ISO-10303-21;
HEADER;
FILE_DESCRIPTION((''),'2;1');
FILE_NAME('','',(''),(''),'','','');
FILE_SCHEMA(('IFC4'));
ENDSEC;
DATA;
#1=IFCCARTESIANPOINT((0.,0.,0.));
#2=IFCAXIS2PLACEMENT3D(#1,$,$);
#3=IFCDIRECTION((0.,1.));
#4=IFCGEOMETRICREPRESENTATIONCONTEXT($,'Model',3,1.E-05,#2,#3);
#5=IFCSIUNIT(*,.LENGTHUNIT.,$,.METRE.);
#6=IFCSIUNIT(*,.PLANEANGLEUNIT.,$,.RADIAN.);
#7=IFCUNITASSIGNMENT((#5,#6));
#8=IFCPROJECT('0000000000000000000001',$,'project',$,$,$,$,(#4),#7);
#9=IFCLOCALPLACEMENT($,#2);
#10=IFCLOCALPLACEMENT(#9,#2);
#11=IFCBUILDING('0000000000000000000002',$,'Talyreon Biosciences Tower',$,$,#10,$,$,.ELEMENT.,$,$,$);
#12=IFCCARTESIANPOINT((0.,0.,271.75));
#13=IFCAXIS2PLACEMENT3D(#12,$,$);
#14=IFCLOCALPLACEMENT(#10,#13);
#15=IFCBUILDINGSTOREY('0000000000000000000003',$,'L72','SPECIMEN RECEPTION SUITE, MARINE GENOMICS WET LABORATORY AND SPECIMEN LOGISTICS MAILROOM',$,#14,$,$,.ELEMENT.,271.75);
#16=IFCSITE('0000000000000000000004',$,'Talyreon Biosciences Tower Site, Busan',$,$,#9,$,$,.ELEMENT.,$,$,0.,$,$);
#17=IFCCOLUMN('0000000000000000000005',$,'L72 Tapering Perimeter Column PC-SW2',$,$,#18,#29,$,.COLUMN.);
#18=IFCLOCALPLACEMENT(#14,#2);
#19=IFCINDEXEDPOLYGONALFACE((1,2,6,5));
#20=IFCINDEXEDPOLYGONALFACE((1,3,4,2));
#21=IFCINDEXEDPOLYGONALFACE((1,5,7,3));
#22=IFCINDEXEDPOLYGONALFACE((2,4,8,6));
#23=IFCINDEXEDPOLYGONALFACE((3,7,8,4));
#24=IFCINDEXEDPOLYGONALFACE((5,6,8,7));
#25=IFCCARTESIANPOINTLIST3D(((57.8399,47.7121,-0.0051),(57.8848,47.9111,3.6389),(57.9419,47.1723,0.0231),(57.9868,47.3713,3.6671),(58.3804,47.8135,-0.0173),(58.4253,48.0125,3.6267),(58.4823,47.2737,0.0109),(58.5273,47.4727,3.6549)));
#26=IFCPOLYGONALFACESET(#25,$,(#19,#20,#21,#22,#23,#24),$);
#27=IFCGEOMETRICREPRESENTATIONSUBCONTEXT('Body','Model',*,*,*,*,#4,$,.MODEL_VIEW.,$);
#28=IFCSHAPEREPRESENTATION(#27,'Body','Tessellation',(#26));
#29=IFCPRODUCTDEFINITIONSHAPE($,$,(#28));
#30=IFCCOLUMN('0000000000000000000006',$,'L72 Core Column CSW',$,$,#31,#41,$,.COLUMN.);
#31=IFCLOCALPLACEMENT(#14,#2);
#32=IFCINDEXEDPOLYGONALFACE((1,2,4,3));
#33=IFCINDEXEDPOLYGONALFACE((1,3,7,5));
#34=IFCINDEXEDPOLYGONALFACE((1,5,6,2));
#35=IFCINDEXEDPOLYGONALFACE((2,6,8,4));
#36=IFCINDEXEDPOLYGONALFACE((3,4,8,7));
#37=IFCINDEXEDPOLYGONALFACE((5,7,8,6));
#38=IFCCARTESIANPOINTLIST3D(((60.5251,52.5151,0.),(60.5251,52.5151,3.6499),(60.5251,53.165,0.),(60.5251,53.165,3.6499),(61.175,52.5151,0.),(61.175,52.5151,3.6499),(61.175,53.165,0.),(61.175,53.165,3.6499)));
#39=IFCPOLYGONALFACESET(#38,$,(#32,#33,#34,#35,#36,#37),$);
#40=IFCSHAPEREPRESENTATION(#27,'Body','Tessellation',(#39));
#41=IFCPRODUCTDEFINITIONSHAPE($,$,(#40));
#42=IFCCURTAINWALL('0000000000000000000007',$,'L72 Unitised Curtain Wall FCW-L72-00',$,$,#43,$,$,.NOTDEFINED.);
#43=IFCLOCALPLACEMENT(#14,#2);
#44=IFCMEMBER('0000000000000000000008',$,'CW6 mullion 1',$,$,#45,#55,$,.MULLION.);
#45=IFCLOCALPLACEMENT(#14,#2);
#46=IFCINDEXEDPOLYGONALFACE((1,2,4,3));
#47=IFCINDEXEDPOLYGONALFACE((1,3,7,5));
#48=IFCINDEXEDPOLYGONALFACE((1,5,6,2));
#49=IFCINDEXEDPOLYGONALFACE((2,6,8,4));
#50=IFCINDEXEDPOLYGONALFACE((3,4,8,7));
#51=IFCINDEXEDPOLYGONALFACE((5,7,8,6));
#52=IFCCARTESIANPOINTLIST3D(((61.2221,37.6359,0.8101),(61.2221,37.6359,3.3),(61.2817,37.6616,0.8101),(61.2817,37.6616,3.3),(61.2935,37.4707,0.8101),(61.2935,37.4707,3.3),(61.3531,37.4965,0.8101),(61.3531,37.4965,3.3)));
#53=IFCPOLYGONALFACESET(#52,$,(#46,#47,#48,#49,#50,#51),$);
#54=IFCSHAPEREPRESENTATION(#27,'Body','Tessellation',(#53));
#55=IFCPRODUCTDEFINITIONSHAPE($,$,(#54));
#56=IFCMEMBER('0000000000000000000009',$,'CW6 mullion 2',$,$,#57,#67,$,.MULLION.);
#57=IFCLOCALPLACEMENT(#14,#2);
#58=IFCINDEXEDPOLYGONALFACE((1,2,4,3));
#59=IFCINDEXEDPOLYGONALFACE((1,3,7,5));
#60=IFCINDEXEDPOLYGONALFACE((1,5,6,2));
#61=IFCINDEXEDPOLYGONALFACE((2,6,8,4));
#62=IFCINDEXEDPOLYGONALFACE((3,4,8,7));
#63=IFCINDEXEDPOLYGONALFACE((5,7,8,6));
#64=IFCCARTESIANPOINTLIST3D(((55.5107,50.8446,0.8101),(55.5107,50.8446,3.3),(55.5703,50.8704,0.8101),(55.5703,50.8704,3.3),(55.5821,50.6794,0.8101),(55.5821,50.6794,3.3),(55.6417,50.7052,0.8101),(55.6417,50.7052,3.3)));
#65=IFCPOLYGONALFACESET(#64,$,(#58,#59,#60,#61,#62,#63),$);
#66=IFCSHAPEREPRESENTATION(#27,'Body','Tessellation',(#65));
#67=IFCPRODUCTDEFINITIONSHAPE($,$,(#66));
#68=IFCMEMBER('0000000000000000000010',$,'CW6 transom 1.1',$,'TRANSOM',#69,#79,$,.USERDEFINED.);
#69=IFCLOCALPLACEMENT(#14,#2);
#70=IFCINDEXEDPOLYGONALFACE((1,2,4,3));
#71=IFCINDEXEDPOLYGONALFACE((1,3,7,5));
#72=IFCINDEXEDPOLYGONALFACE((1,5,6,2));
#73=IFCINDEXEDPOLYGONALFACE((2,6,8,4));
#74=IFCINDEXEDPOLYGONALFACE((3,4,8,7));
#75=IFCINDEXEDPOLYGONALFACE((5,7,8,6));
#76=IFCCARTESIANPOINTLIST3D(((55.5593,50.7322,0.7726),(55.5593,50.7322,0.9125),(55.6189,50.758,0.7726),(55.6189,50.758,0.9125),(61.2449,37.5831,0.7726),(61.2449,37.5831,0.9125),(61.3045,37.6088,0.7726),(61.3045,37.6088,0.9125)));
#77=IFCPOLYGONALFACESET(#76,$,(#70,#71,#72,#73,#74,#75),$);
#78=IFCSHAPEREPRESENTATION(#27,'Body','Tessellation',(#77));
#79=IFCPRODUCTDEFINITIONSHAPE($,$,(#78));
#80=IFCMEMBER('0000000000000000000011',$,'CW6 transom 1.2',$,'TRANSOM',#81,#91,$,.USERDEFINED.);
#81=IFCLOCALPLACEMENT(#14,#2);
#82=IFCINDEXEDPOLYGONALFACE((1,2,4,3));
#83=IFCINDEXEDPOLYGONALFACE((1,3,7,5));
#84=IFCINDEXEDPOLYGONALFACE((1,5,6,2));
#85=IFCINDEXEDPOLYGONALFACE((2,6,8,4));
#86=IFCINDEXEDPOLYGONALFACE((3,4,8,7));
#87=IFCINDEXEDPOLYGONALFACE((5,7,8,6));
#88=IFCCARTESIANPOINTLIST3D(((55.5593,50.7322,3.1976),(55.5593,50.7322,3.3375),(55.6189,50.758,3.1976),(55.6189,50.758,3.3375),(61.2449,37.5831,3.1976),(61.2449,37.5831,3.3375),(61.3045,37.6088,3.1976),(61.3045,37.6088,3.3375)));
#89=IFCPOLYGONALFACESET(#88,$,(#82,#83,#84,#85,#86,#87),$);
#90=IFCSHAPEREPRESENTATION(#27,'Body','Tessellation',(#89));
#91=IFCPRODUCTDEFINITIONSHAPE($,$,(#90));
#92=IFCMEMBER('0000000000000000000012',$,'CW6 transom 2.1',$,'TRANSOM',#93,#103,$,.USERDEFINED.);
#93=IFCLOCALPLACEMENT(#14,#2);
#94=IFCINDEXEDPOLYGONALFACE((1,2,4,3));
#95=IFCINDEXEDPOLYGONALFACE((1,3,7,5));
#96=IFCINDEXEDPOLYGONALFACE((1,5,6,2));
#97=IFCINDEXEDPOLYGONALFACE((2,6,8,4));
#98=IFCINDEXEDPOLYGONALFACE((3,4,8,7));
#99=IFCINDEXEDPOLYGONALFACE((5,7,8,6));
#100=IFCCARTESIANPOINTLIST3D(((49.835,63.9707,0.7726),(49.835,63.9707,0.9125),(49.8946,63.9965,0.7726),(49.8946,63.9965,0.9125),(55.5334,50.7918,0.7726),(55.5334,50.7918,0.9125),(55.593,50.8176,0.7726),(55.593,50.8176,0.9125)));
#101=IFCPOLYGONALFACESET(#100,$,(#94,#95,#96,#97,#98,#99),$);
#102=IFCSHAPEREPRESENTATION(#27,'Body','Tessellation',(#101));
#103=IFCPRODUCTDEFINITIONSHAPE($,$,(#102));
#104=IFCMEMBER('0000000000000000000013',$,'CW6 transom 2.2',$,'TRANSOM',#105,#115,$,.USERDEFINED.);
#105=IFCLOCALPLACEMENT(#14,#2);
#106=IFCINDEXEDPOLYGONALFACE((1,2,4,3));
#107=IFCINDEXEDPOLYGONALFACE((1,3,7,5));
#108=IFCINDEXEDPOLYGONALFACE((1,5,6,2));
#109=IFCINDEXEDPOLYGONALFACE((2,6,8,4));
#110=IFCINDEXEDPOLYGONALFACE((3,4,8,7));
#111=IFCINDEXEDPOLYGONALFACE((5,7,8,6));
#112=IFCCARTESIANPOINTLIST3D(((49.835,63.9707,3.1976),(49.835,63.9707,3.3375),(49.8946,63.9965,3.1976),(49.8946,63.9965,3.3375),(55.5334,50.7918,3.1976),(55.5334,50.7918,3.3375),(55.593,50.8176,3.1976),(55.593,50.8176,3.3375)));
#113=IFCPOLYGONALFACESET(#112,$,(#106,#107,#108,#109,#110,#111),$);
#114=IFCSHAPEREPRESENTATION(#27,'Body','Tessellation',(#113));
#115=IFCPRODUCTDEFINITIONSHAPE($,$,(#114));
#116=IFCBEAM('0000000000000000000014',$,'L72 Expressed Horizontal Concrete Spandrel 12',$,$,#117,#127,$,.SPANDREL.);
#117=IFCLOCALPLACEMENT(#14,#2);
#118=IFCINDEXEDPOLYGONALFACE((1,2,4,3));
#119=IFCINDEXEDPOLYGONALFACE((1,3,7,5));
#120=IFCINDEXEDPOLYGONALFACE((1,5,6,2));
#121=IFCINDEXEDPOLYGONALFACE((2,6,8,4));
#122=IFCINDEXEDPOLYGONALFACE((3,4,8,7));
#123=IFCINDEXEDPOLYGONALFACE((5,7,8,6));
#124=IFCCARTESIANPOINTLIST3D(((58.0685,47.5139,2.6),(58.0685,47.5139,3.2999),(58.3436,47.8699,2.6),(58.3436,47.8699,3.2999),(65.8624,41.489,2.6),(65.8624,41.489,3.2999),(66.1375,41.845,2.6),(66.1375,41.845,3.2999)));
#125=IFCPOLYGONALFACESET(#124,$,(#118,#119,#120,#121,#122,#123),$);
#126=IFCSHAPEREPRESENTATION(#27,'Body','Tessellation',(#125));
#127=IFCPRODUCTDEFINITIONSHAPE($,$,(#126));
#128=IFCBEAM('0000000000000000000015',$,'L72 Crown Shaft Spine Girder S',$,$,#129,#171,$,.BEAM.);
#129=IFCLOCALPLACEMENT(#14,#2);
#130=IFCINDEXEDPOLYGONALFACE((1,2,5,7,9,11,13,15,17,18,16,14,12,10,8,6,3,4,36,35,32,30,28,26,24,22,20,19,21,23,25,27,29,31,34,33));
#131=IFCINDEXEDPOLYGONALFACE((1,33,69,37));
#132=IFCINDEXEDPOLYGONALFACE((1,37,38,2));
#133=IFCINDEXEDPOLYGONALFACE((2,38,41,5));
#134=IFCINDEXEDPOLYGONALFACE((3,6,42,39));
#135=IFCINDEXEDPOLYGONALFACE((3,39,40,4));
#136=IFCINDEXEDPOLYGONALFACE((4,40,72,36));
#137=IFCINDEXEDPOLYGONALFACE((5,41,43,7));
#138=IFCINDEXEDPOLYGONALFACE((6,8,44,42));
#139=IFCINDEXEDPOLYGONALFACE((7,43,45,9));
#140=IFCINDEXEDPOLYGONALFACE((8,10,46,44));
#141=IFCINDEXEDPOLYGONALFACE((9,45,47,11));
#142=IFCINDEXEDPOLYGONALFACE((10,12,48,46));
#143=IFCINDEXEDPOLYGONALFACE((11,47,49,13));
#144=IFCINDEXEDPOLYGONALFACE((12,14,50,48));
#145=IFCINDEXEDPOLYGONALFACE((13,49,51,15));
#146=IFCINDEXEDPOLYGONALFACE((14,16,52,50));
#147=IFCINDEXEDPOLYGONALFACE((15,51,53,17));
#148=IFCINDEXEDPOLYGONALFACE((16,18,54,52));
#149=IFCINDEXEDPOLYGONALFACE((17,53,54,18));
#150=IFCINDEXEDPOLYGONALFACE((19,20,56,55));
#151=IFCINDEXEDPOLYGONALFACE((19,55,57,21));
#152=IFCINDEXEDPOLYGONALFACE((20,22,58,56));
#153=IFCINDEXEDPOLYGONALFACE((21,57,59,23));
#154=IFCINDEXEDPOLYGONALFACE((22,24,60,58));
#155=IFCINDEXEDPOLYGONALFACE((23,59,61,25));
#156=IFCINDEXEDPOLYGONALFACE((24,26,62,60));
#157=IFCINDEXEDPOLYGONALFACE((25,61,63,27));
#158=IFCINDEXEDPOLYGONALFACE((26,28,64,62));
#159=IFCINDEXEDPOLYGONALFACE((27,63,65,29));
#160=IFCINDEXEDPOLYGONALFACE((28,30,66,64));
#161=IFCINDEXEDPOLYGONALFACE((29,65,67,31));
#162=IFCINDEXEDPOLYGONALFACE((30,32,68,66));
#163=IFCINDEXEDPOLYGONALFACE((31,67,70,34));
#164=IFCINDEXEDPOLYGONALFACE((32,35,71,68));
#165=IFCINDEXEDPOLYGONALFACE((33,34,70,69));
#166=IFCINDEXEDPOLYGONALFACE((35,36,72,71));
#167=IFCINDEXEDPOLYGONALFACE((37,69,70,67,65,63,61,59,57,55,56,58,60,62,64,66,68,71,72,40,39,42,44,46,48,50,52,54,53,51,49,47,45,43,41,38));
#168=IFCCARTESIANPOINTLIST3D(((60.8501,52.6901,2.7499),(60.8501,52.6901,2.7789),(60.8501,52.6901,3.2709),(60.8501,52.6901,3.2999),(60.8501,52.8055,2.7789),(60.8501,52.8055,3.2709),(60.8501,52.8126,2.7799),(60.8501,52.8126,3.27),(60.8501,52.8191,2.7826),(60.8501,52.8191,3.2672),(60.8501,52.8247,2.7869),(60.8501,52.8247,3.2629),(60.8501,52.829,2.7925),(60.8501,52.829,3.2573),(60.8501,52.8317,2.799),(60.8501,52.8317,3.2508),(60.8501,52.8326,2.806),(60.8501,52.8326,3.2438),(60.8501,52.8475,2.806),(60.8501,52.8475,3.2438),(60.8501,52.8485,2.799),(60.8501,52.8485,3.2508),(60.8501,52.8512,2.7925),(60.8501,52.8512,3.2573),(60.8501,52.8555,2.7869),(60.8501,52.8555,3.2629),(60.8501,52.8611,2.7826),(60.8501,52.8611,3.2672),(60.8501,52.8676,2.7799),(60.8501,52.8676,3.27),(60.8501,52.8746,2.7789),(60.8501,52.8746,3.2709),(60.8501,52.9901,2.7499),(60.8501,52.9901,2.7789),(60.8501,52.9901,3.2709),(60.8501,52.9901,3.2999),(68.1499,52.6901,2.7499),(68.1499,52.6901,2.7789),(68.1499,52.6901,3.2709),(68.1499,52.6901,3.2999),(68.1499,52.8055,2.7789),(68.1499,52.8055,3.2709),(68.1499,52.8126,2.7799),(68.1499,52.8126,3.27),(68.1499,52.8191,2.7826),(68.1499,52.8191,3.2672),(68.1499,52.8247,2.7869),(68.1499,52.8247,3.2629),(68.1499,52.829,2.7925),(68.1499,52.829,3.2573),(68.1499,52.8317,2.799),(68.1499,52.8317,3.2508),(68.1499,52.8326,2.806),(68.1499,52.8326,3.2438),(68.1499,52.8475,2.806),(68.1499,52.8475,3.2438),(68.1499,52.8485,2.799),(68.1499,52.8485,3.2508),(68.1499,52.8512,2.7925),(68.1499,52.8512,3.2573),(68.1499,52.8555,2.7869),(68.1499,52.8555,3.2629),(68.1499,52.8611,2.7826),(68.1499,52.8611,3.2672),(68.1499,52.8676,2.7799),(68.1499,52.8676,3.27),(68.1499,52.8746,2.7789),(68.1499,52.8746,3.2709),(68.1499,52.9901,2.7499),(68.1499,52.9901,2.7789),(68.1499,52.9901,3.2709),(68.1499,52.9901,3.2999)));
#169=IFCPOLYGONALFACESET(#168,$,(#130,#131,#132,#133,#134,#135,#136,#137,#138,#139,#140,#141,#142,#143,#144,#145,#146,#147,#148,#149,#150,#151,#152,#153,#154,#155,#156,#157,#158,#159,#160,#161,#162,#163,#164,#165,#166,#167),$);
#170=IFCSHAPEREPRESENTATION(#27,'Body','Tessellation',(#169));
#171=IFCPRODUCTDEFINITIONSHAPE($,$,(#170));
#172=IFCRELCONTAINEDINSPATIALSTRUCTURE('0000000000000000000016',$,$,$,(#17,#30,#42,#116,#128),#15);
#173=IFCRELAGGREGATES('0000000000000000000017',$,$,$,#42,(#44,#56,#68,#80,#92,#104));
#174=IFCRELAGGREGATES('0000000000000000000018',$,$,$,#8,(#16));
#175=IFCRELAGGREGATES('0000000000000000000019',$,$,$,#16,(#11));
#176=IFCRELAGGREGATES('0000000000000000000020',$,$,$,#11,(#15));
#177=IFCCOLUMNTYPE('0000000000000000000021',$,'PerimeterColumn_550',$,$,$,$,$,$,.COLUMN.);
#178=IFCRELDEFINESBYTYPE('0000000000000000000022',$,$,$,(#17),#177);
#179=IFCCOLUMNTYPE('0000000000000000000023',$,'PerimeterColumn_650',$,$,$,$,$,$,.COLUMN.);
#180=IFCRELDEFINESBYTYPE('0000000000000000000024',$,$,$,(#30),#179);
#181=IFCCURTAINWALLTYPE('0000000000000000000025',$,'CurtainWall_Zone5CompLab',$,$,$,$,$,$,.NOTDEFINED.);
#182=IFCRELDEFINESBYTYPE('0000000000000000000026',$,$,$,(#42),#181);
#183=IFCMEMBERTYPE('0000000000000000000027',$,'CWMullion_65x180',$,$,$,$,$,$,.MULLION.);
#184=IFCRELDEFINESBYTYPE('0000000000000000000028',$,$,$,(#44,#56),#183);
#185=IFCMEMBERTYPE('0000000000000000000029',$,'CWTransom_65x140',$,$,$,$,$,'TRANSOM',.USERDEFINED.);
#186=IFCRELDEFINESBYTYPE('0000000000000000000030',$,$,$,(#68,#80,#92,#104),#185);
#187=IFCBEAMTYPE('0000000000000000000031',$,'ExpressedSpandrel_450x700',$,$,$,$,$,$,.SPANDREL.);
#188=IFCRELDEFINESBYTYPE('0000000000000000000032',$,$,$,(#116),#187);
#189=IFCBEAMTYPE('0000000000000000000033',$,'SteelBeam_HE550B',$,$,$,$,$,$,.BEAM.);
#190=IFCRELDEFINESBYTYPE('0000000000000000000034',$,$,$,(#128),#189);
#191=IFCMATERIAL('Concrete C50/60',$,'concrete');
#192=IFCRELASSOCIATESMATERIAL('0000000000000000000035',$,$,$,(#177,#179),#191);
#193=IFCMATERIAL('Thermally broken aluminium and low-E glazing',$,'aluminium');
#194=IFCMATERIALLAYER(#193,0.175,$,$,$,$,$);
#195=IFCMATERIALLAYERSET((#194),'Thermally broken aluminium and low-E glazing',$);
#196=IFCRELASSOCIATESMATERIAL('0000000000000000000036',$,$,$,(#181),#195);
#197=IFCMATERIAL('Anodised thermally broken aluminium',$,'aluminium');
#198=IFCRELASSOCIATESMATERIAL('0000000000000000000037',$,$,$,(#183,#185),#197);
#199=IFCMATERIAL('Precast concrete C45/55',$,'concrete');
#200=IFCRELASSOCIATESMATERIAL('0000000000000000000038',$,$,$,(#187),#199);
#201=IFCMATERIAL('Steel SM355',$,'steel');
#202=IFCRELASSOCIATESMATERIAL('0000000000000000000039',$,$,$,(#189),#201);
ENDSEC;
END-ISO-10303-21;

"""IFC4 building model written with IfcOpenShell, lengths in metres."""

from ifc_helpers import new_model, si_unit, direction, frame, origin, origin_2d, place, context, subcontext, project, spatial, rectangle, i_section, extrude, material, layer, layer_set, material_profile, profile_set, type_object, element, aggregate, save


model = new_model("IFC4")

# Units and contexts
model_context = context("Model", 3, precision=1e-05, world=origin(), true_north=direction((0.0, 1.0)))
body_context = subcontext(model_context, "Body", "Model", "MODEL_VIEW")
ifc_project = project(units=[si_unit("LENGTHUNIT", "METRE"), si_unit("PLANEANGLEUNIT", "RADIAN")], contexts=[model_context])

# Site, building, storey
site_placement = place(None, origin())
site = spatial("IfcSite", under=ifc_project, at=site_placement, Name="Talyreon Biosciences Tower Site, Busan", CompositionType="ELEMENT", RefElevation=0.0)
building_placement = place(site_placement, origin())
building = spatial("IfcBuilding", under=site, at=building_placement, Name="Talyreon Biosciences Tower", CompositionType="ELEMENT")
storey_placement = place(building_placement, frame((0.0, 0.0, 271.75)))
storey = spatial("IfcBuildingStorey", under=building, at=storey_placement, Name="L72", Description="SPECIMEN RECEPTION SUITE, MARINE GENOMICS WET LABORATORY AND SPECIMEN LOGISTICS MAILROOM", CompositionType="ELEMENT", Elevation=271.75)

# Columns
ifc_material_1 = material(Name="Concrete C50/60", Category="concrete")
ifc_material_profile_1 = material_profile(ifc_material_1, rectangle(XDim=0.55, YDim=0.55, at=origin_2d()), Name="RC 550x550")
ifc_profile_set_1 = profile_set([ifc_material_profile_1], Name="Concrete C50/60")
column_type_1 = type_object("IfcColumnType", Name="PerimeterColumn_550", PredefinedType="COLUMN", material=ifc_profile_set_1)
column_1_placement = place(storey_placement, frame((58.1611, 47.4929, 0.0029), z_axis=(0.012308, 0.054517, 0.998437), x_axis=(-0.185327, 0.981337, -0.051299)))
element("IfcColumn", 1, at=column_1_placement, inside=storey, type_object=column_type_1, Name="L72 Tapering Perimeter Column PC-SW2", PredefinedType="COLUMN", context=body_context, shape_type="SweptSolid", body=[
    extrude(rectangle(XDim=0.55, YDim=0.55, at=origin_2d()), origin(), (0.0, 0.0, 1.0), 3.6497),
])
ifc_material_profile_2 = material_profile(ifc_material_1, rectangle(XDim=0.6499, YDim=0.6499, at=origin_2d()), Name="RC 650x650")
ifc_profile_set_2 = profile_set([ifc_material_profile_2], Name="Concrete C50/60")
column_type_2 = type_object("IfcColumnType", Name="PerimeterColumn_650", PredefinedType="COLUMN", material=ifc_profile_set_2)
column_2_placement = place(storey_placement, frame((60.8501, 52.8401, 0.0), z_axis=(0.0, 0.0, 1.0), x_axis=(1.0, 0.0, 0.0)))
element("IfcColumn", 2, at=column_2_placement, inside=storey, type_object=column_type_2, Name="L72 Core Column CSW", PredefinedType="COLUMN", context=body_context, shape_type="SweptSolid", body=[
    extrude(rectangle(XDim=0.6499, YDim=0.6499, at=origin_2d()), origin(), (0.0, 0.0, 1.0), 3.6499),
])

# Curtain wall, members
ifc_material_2 = material(Name="Thermally broken aluminium and low-E glazing", Category="aluminium")
ifc_layer_1 = layer(ifc_material_2, 0.175)
ifc_layer_set_1 = layer_set([ifc_layer_1], Name="Thermally broken aluminium and low-E glazing")
curtain_wall_type = type_object("IfcCurtainWallType", Name="CurtainWall_Zone5CompLab", PredefinedType="NOTDEFINED", material=ifc_layer_set_1)
curtain_wall_placement = place(storey_placement, origin())
curtain_wall = element("IfcCurtainWall", 3, at=curtain_wall_placement, inside=storey, type_object=curtain_wall_type, Name="L72 Unitised Curtain Wall FCW-L72-00", PredefinedType="NOTDEFINED")
ifc_material_3 = material(Name="Anodised thermally broken aluminium", Category="aluminium")
ifc_material_profile_3 = material_profile(ifc_material_3, rectangle(XDim=0.0649, YDim=0.1799, at=origin_2d()), Name="ALUM MULLION 65x180")
ifc_profile_set_3 = profile_set([ifc_material_profile_3], Name="Anodised thermally broken aluminium")
member_type_1 = type_object("IfcMemberType", Name="CWMullion_65x180", PredefinedType="MULLION", material=ifc_profile_set_3)
member_1_placement = place(storey_placement, frame((61.2876, 37.5662, 0.8101), z_axis=(0.0, 0.0, 1.0), x_axis=(-0.917868, -0.396887, 0.0)))
member_1 = element("IfcMember", 4, at=member_1_placement, type_object=member_type_1, Name="CW6 mullion 1", PredefinedType="MULLION", context=body_context, shape_type="SweptSolid", body=[
    extrude(rectangle(XDim=0.0649, YDim=0.1799, at=origin_2d()), origin(), (0.0, 0.0, 1.0), 2.49),
])
member_2_placement = place(storey_placement, frame((55.5762, 50.7749, 0.8101), z_axis=(0.0, 0.0, 1.0), x_axis=(-0.917868, -0.396887, 0.0)))
member_2 = element("IfcMember", 5, at=member_2_placement, type_object=member_type_1, Name="CW6 mullion 2", PredefinedType="MULLION", context=body_context, shape_type="SweptSolid", body=[
    extrude(rectangle(XDim=0.0649, YDim=0.1799, at=origin_2d()), origin(), (0.0, 0.0, 1.0), 2.49),
])
ifc_material_profile_4 = material_profile(ifc_material_3, rectangle(XDim=0.0649, YDim=0.1399, at=origin_2d()), Name="ALUM TRANSOM 65x140")
ifc_profile_set_4 = profile_set([ifc_material_profile_4], Name="Anodised thermally broken aluminium")
member_type_2 = type_object("IfcMemberType", Name="CWTransom_65x140", ElementType="TRANSOM", PredefinedType="USERDEFINED", material=ifc_profile_set_4)
member_3_placement = place(storey_placement, frame((61.2747, 37.5959, 0.8425), z_axis=(-0.396877, 0.917872, 0.0), x_axis=(-0.917872, -0.396877, 0.0)))
member_3 = element("IfcMember", 6, at=member_3_placement, type_object=member_type_2, Name="CW6 transom 1.1", ObjectType="TRANSOM", PredefinedType="USERDEFINED", context=body_context, shape_type="SweptSolid", body=[
    extrude(rectangle(XDim=0.0649, YDim=0.1399, at=origin_2d()), origin(), (0.0, 0.0, 1.0), 14.3257),
])
member_4_placement = place(storey_placement, frame((61.2747, 37.5959, 3.2676), z_axis=(-0.396877, 0.917872, 0.0), x_axis=(-0.917872, -0.396877, 0.0)))
member_4 = element("IfcMember", 7, at=member_4_placement, type_object=member_type_2, Name="CW6 transom 1.2", ObjectType="TRANSOM", PredefinedType="USERDEFINED", context=body_context, shape_type="SweptSolid", body=[
    extrude(rectangle(XDim=0.0649, YDim=0.1399, at=origin_2d()), origin(), (0.0, 0.0, 1.0), 14.3257),
])
member_5_placement = place(storey_placement, frame((55.5632, 50.8047, 0.8425), z_axis=(-0.396881, 0.91787, 0.0), x_axis=(-0.91787, -0.396881, 0.0)))
member_5 = element("IfcMember", 8, at=member_5_placement, type_object=member_type_2, Name="CW6 transom 2.1", ObjectType="TRANSOM", PredefinedType="USERDEFINED", context=body_context, shape_type="SweptSolid", body=[
    extrude(rectangle(XDim=0.0649, YDim=0.1399, at=origin_2d()), origin(), (0.0, 0.0, 1.0), 14.3582),
])
member_6_placement = place(storey_placement, frame((55.5632, 50.8047, 3.2676), z_axis=(-0.396881, 0.91787, 0.0), x_axis=(-0.91787, -0.396881, 0.0)))
member_6 = element("IfcMember", 9, at=member_6_placement, type_object=member_type_2, Name="CW6 transom 2.2", ObjectType="TRANSOM", PredefinedType="USERDEFINED", context=body_context, shape_type="SweptSolid", body=[
    extrude(rectangle(XDim=0.0649, YDim=0.1399, at=origin_2d()), origin(), (0.0, 0.0, 1.0), 14.3582),
])

# Beams
ifc_material_4 = material(Name="Precast concrete C45/55", Category="concrete")
ifc_material_profile_5 = material_profile(ifc_material_4, rectangle(XDim=0.45, YDim=0.7, at=origin_2d()), Name="RCB 450x700")
ifc_profile_set_5 = profile_set([ifc_material_profile_5], Name="Precast concrete C45/55")
beam_type_1 = type_object("IfcBeamType", Name="ExpressedSpandrel_450x700", PredefinedType="SPANDREL", material=ifc_profile_set_5)
beam_1_placement = place(storey_placement, frame((58.2061, 47.6919, 2.95), z_axis=(0.791172, -0.611594, 0.0), x_axis=(0.611594, 0.791172, 0.0)))
element("IfcBeam", 10, at=beam_1_placement, inside=storey, type_object=beam_type_1, Name="L72 Expressed Horizontal Concrete Spandrel 12", PredefinedType="SPANDREL", context=body_context, shape_type="SweptSolid", body=[
    extrude(rectangle(XDim=0.45, YDim=0.7, at=origin_2d()), origin(), (0.0, 0.0, 1.0), 9.8511),
])
ifc_material_5 = material(Name="Steel SM355", Category="steel")
ifc_material_profile_6 = material_profile(ifc_material_5, i_section(OverallWidth=0.3, OverallDepth=0.55, WebThickness=0.0149, FlangeThickness=0.0291, FilletRadius=0.0271, at=origin_2d()), Name="HE550B")
ifc_profile_set_6 = profile_set([ifc_material_profile_6], Name="Steel SM355")
beam_type_2 = type_object("IfcBeamType", Name="SteelBeam_HE550B", PredefinedType="BEAM", material=ifc_profile_set_6)
beam_2_placement = place(storey_placement, frame((60.8501, 52.8401, 3.0249), z_axis=(1.0, 0.0, 0.0), x_axis=(0.0, 1.0, 0.0)))
element("IfcBeam", 11, at=beam_2_placement, inside=storey, type_object=beam_type_2, Name="L72 Crown Shaft Spine Girder S", PredefinedType="BEAM", context=body_context, shape_type="SweptSolid", body=[
    extrude(i_section(OverallWidth=0.3, OverallDepth=0.55, WebThickness=0.0149, FlangeThickness=0.0291, FilletRadius=0.0271, at=origin_2d()), origin(), (0.0, 0.0, 1.0), 7.2998),
])

aggregate(curtain_wall, [member_1, member_2, member_3, member_4, member_5, member_6])

save(model, "model.ifc")
